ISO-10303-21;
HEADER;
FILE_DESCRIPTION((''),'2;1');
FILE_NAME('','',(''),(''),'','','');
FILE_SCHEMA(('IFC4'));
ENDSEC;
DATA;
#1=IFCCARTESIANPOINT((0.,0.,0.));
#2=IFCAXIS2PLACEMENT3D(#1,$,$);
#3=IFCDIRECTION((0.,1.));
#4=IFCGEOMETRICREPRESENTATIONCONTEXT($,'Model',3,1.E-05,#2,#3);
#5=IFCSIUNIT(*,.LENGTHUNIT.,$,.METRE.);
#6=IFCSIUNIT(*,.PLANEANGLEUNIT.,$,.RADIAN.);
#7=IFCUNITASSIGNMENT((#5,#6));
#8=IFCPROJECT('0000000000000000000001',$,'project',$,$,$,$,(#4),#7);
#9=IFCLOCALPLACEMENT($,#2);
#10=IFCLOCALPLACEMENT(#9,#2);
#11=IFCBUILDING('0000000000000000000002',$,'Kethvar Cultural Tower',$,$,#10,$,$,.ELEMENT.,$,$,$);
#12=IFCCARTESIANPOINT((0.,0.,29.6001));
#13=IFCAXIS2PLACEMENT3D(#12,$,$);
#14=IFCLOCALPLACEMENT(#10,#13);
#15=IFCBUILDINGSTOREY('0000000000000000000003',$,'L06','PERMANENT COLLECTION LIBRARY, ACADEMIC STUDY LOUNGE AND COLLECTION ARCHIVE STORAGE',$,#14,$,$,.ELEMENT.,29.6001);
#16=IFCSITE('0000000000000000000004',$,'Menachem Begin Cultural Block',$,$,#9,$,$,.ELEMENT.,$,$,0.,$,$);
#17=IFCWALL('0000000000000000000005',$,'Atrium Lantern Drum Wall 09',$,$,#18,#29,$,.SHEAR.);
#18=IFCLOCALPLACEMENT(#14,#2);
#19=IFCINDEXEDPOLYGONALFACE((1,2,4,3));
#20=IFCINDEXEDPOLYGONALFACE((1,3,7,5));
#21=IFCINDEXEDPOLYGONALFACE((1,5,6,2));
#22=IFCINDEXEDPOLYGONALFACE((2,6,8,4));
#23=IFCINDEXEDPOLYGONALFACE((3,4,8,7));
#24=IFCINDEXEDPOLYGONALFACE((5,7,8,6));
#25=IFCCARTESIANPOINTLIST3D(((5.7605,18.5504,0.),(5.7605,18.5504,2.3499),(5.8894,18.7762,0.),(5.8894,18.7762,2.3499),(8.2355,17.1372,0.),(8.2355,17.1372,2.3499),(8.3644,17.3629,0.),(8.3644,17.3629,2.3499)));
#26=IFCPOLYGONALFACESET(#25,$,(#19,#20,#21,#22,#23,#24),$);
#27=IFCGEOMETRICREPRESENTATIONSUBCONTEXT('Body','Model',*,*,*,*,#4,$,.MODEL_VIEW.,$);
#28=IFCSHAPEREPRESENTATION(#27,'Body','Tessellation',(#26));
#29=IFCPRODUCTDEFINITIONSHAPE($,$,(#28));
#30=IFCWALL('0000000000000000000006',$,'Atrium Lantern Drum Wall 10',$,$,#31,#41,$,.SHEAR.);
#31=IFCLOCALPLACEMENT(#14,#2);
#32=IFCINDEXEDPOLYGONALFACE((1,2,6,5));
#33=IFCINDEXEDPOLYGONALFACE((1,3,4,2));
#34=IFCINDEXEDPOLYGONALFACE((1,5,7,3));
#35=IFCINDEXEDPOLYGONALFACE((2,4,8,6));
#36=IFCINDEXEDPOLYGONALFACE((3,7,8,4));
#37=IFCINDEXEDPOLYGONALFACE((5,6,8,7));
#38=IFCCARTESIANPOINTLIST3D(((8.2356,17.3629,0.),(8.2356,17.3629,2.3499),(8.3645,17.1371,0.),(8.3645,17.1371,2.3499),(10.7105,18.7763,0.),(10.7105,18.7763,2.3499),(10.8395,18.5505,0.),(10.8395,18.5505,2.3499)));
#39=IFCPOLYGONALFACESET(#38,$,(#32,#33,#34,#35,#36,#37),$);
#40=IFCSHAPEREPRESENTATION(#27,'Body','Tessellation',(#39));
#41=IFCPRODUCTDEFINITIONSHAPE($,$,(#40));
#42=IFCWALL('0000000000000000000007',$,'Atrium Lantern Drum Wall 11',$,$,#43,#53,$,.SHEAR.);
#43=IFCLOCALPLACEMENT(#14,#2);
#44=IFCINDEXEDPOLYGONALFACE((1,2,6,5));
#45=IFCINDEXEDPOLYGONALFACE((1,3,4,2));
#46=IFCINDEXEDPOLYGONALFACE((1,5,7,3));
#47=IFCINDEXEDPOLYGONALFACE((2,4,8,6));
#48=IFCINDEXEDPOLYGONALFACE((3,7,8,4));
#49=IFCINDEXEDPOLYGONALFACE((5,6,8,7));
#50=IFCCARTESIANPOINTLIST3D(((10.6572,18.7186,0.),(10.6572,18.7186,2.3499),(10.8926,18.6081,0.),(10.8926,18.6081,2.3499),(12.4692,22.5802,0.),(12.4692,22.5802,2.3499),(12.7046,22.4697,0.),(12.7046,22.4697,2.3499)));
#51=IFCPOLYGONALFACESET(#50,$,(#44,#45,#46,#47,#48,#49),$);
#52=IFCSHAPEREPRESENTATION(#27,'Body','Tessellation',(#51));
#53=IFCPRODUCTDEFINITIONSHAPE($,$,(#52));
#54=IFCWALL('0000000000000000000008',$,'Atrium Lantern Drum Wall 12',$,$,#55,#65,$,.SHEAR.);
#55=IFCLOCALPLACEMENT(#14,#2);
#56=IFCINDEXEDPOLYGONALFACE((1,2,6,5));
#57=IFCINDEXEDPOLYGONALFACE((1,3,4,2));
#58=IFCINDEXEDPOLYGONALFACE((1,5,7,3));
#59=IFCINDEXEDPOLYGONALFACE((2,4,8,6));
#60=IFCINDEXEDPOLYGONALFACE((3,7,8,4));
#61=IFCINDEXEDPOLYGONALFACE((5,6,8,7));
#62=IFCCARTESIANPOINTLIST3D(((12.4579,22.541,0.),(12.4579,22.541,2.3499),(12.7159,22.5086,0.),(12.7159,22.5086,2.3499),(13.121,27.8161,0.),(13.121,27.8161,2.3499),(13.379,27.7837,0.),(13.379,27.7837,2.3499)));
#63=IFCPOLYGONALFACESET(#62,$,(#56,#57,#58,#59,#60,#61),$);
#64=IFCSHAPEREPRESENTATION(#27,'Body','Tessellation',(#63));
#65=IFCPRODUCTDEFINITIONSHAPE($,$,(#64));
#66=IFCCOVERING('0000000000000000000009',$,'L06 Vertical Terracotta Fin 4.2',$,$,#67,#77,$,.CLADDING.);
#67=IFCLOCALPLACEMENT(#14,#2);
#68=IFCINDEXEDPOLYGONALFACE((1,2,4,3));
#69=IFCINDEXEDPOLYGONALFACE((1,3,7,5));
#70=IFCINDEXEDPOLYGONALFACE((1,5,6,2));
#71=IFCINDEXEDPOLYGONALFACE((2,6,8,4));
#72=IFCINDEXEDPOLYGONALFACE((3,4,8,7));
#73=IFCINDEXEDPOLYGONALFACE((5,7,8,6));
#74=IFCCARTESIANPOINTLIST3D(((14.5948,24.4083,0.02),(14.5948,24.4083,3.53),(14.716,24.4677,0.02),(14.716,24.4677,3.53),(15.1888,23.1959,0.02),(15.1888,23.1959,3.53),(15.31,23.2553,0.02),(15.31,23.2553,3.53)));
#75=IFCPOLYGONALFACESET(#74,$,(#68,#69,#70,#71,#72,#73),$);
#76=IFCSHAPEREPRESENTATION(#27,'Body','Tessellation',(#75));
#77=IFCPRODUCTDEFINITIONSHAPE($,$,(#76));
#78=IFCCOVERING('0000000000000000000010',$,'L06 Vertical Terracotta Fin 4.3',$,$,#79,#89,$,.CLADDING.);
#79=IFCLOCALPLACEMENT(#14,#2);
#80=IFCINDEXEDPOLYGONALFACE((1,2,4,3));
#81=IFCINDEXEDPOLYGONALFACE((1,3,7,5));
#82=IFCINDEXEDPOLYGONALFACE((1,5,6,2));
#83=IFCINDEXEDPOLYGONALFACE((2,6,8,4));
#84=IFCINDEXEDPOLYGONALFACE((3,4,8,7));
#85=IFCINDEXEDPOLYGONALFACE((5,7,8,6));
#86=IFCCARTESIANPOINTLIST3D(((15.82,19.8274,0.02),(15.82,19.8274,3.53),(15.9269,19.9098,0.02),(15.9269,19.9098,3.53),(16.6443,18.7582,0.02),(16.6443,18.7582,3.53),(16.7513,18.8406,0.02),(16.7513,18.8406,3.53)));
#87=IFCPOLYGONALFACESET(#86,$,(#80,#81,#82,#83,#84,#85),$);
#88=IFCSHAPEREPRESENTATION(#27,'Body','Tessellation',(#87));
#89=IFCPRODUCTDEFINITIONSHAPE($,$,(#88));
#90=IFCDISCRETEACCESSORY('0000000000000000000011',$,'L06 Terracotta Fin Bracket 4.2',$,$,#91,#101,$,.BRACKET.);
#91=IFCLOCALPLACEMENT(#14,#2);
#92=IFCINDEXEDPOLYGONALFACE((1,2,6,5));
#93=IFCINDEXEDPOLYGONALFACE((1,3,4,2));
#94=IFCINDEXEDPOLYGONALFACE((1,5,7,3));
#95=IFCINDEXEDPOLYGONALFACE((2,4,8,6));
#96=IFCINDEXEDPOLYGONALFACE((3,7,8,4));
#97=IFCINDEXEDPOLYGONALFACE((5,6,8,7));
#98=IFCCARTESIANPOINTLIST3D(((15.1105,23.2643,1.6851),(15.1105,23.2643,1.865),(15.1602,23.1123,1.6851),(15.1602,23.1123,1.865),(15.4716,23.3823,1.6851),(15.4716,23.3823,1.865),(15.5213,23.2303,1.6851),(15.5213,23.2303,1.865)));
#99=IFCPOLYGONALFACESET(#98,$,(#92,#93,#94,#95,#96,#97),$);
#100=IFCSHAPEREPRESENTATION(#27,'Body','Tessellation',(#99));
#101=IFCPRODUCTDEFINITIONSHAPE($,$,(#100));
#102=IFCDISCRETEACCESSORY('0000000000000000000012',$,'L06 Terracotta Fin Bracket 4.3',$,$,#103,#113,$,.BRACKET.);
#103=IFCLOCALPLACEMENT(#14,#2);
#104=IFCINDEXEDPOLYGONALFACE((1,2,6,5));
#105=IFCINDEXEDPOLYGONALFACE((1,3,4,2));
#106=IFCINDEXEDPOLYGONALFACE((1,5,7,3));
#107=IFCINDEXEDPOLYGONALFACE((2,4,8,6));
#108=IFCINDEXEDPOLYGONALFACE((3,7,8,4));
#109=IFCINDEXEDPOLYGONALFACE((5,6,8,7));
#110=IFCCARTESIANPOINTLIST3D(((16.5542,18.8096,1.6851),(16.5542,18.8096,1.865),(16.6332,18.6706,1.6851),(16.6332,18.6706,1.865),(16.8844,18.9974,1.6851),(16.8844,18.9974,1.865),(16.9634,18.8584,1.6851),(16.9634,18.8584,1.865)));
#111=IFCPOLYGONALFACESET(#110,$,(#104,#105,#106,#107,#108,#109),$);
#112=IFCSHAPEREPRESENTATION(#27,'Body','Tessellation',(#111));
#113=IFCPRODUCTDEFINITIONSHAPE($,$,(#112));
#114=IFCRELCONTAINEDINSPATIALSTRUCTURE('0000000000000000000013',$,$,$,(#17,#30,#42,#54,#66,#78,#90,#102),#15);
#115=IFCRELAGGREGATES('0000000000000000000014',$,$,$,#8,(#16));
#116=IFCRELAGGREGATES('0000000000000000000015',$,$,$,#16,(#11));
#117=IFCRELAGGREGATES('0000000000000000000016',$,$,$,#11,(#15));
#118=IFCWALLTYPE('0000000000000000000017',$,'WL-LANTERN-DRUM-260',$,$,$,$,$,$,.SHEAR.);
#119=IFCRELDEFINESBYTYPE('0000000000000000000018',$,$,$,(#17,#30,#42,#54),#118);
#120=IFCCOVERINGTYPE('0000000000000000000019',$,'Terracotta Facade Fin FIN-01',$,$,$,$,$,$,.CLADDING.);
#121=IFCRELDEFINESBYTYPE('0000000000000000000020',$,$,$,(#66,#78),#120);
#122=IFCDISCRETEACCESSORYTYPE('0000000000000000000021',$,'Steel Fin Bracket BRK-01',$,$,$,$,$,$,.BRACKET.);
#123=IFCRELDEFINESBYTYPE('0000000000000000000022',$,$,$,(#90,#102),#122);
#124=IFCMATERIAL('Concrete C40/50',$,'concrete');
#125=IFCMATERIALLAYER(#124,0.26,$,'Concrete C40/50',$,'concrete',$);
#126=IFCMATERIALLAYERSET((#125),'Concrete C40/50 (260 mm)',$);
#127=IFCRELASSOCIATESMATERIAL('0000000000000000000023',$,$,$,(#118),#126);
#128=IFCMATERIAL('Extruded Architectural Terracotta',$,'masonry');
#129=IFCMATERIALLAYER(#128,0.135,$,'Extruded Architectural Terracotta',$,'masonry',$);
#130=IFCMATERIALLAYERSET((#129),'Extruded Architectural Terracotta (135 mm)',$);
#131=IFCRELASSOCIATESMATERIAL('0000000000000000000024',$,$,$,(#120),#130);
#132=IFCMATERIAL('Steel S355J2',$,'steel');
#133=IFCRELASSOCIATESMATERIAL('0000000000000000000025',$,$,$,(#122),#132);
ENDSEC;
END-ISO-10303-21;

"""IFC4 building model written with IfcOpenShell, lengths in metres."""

from ifc_helpers import new_model, si_unit, direction, frame, frame_2d, origin, origin_2d, place, context, subcontext, project, spatial, rectangle, extrude, source, transform, mapped, material, layer, layer_set, type_object, element, save


model = new_model("IFC4")

# Units and contexts
model_context = context("Model", 3, precision=1e-05, world=origin(), true_north=direction((0.0, 1.0)))
body_context = subcontext(model_context, "Body", "Model", "MODEL_VIEW")
ifc_project = project(units=[si_unit("LENGTHUNIT", "METRE"), si_unit("PLANEANGLEUNIT", "RADIAN")], contexts=[model_context])

# Site, building, storey
site_placement = place(None, origin())
site = spatial("IfcSite", under=ifc_project, at=site_placement, Name="Menachem Begin Cultural Block", CompositionType="ELEMENT", RefElevation=0.0)
building_placement = place(site_placement, origin())
building = spatial("IfcBuilding", under=site, at=building_placement, Name="Kethvar Cultural Tower", CompositionType="ELEMENT")
storey_placement = place(building_placement, frame((0.0, 0.0, 29.6001)))
storey = spatial("IfcBuildingStorey", under=building, at=storey_placement, Name="L06", Description="PERMANENT COLLECTION LIBRARY, ACADEMIC STUDY LOUNGE AND COLLECTION ARCHIVE STORAGE", CompositionType="ELEMENT", Elevation=29.6001)

# Shared definitions
ifc_material_1 = material(Name="Steel S355J2", Category="steel")

# Walls
ifc_material_2 = material(Name="Concrete C40/50", Category="concrete")
ifc_layer_1 = layer(ifc_material_2, 0.26, Name="Concrete C40/50", Category="concrete")
ifc_layer_set_1 = layer_set([ifc_layer_1], Name="Concrete C40/50 (260 mm)")
wall_type = type_object("IfcWallType", Name="WL-LANTERN-DRUM-260", PredefinedType="SHEAR", material=ifc_layer_set_1)
for number, where, z_axis, x_axis, name in (
    (1, (5.825, 18.6633, 0.0), (0.0, 0.0, 1.0), (0.868396, -0.495871, 0.0), "Atrium Lantern Drum Wall 09"),
    (2, (8.3, 17.25, 0.0), (0.0, 0.0, 1.0), (0.868375, 0.495908, 0.0), "Atrium Lantern Drum Wall 10"),
):
    element("IfcWall", number, at=place(storey_placement, frame(where, z_axis=z_axis, x_axis=x_axis)), inside=storey, type_object=wall_type, Name=name, PredefinedType="SHEAR", context=body_context, shape_type="SweptSolid", body=[
        extrude(rectangle(XDim=2.8501, YDim=0.26, at=frame_2d((1.425, 0.0))), origin(), (0.0, 0.0, 1.0), 2.3499),
    ])
wall_1_placement = place(storey_placement, frame((10.7749, 18.6633, 0.0), z_axis=(0.0, 0.0, 1.0), x_axis=(0.424799, 0.905288, 0.0)))
element("IfcWall", 3, at=wall_1_placement, inside=storey, type_object=wall_type, Name="Atrium Lantern Drum Wall 11", PredefinedType="SHEAR", context=body_context, shape_type="SweptSolid", body=[
    extrude(rectangle(XDim=4.2656, YDim=0.26, at=frame_2d((2.1328, 0.0))), origin(), (0.0, 0.0, 1.0), 2.3499),
])
wall_2_placement = place(storey_placement, frame((12.5869, 22.5249, 0.0), z_axis=(0.0, 0.0, 1.0), x_axis=(0.124719, 0.992192, 0.0)))
element("IfcWall", 4, at=wall_2_placement, inside=storey, type_object=wall_type, Name="Atrium Lantern Drum Wall 12", PredefinedType="SHEAR", context=body_context, shape_type="SweptSolid", body=[
    extrude(rectangle(XDim=5.3167, YDim=0.26, at=frame_2d((2.6582, 0.0))), origin(), (0.0, 0.0, 1.0), 2.3499),
])

# Coverings
ifc_material_3 = material(Name="Extruded Architectural Terracotta", Category="masonry")
ifc_layer_2 = layer(ifc_material_3, 0.135, Name="Extruded Architectural Terracotta", Category="masonry")
ifc_layer_set_2 = layer_set([ifc_layer_2], Name="Extruded Architectural Terracotta (135 mm)")
covering_type = type_object("IfcCoveringType", Name="Terracotta Facade Fin FIN-01", PredefinedType="CLADDING", material=ifc_layer_set_2)
shared_shape_1 = source(origin(), body_context, "Body", "SweptSolid", [
    extrude(rectangle(XDim=1.3501, YDim=0.135, at=origin_2d()), origin(), (0.0, 0.0, 1.0), 3.51),
])
for number, where, z_axis, x_axis, name in (
    (5, (14.9524, 23.8318, 0.02), (0.0, 0.0, 1.0), (-0.439939, 0.898028, 0.0), "L06 Vertical Terracotta Fin 4.2"),
    (6, (16.2856, 19.334, 0.02), (0.0, 0.0, 1.0), (-0.61056, 0.79197, 0.0), "L06 Vertical Terracotta Fin 4.3"),
):
    element("IfcCovering", number, at=place(storey_placement, frame(where, z_axis=z_axis, x_axis=x_axis)), inside=storey, type_object=covering_type, Name=name, PredefinedType="CLADDING", context=body_context, shape_type="MappedRepresentation", body=[
        mapped(shared_shape_1, transform((0.0, 0.0, 0.0), scale=1.0)),
    ])

# Discrete accessories
discrete_accessory_type = type_object("IfcDiscreteAccessoryType", Name="Steel Fin Bracket BRK-01", PredefinedType="BRACKET", material=ifc_material_1)
shared_shape_2 = source(origin(), body_context, "Body", "SweptSolid", [
    extrude(rectangle(XDim=0.3799, YDim=0.1599, at=origin_2d()), origin(), (0.0, 0.0, 1.0), 0.1799),
])
for number, where, z_axis, x_axis, name in (
    (7, (15.3159, 23.2473, 1.6851), (0.0, 0.0, 1.0), (-0.950516, -0.310676, 0.0), "L06 Terracotta Fin Bracket 4.2"),
    (8, (16.7588, 18.834, 1.6851), (0.0, 0.0, 1.0), (-0.869236, -0.494397, 0.0), "L06 Terracotta Fin Bracket 4.3"),
):
    element("IfcDiscreteAccessory", number, at=place(storey_placement, frame(where, z_axis=z_axis, x_axis=x_axis)), inside=storey, type_object=discrete_accessory_type, Name=name, PredefinedType="BRACKET", context=body_context, shape_type="MappedRepresentation", body=[
        mapped(shared_shape_2, transform((0.0, 0.0, 0.0), scale=1.0)),
    ])

save(model, "model.ifc")
